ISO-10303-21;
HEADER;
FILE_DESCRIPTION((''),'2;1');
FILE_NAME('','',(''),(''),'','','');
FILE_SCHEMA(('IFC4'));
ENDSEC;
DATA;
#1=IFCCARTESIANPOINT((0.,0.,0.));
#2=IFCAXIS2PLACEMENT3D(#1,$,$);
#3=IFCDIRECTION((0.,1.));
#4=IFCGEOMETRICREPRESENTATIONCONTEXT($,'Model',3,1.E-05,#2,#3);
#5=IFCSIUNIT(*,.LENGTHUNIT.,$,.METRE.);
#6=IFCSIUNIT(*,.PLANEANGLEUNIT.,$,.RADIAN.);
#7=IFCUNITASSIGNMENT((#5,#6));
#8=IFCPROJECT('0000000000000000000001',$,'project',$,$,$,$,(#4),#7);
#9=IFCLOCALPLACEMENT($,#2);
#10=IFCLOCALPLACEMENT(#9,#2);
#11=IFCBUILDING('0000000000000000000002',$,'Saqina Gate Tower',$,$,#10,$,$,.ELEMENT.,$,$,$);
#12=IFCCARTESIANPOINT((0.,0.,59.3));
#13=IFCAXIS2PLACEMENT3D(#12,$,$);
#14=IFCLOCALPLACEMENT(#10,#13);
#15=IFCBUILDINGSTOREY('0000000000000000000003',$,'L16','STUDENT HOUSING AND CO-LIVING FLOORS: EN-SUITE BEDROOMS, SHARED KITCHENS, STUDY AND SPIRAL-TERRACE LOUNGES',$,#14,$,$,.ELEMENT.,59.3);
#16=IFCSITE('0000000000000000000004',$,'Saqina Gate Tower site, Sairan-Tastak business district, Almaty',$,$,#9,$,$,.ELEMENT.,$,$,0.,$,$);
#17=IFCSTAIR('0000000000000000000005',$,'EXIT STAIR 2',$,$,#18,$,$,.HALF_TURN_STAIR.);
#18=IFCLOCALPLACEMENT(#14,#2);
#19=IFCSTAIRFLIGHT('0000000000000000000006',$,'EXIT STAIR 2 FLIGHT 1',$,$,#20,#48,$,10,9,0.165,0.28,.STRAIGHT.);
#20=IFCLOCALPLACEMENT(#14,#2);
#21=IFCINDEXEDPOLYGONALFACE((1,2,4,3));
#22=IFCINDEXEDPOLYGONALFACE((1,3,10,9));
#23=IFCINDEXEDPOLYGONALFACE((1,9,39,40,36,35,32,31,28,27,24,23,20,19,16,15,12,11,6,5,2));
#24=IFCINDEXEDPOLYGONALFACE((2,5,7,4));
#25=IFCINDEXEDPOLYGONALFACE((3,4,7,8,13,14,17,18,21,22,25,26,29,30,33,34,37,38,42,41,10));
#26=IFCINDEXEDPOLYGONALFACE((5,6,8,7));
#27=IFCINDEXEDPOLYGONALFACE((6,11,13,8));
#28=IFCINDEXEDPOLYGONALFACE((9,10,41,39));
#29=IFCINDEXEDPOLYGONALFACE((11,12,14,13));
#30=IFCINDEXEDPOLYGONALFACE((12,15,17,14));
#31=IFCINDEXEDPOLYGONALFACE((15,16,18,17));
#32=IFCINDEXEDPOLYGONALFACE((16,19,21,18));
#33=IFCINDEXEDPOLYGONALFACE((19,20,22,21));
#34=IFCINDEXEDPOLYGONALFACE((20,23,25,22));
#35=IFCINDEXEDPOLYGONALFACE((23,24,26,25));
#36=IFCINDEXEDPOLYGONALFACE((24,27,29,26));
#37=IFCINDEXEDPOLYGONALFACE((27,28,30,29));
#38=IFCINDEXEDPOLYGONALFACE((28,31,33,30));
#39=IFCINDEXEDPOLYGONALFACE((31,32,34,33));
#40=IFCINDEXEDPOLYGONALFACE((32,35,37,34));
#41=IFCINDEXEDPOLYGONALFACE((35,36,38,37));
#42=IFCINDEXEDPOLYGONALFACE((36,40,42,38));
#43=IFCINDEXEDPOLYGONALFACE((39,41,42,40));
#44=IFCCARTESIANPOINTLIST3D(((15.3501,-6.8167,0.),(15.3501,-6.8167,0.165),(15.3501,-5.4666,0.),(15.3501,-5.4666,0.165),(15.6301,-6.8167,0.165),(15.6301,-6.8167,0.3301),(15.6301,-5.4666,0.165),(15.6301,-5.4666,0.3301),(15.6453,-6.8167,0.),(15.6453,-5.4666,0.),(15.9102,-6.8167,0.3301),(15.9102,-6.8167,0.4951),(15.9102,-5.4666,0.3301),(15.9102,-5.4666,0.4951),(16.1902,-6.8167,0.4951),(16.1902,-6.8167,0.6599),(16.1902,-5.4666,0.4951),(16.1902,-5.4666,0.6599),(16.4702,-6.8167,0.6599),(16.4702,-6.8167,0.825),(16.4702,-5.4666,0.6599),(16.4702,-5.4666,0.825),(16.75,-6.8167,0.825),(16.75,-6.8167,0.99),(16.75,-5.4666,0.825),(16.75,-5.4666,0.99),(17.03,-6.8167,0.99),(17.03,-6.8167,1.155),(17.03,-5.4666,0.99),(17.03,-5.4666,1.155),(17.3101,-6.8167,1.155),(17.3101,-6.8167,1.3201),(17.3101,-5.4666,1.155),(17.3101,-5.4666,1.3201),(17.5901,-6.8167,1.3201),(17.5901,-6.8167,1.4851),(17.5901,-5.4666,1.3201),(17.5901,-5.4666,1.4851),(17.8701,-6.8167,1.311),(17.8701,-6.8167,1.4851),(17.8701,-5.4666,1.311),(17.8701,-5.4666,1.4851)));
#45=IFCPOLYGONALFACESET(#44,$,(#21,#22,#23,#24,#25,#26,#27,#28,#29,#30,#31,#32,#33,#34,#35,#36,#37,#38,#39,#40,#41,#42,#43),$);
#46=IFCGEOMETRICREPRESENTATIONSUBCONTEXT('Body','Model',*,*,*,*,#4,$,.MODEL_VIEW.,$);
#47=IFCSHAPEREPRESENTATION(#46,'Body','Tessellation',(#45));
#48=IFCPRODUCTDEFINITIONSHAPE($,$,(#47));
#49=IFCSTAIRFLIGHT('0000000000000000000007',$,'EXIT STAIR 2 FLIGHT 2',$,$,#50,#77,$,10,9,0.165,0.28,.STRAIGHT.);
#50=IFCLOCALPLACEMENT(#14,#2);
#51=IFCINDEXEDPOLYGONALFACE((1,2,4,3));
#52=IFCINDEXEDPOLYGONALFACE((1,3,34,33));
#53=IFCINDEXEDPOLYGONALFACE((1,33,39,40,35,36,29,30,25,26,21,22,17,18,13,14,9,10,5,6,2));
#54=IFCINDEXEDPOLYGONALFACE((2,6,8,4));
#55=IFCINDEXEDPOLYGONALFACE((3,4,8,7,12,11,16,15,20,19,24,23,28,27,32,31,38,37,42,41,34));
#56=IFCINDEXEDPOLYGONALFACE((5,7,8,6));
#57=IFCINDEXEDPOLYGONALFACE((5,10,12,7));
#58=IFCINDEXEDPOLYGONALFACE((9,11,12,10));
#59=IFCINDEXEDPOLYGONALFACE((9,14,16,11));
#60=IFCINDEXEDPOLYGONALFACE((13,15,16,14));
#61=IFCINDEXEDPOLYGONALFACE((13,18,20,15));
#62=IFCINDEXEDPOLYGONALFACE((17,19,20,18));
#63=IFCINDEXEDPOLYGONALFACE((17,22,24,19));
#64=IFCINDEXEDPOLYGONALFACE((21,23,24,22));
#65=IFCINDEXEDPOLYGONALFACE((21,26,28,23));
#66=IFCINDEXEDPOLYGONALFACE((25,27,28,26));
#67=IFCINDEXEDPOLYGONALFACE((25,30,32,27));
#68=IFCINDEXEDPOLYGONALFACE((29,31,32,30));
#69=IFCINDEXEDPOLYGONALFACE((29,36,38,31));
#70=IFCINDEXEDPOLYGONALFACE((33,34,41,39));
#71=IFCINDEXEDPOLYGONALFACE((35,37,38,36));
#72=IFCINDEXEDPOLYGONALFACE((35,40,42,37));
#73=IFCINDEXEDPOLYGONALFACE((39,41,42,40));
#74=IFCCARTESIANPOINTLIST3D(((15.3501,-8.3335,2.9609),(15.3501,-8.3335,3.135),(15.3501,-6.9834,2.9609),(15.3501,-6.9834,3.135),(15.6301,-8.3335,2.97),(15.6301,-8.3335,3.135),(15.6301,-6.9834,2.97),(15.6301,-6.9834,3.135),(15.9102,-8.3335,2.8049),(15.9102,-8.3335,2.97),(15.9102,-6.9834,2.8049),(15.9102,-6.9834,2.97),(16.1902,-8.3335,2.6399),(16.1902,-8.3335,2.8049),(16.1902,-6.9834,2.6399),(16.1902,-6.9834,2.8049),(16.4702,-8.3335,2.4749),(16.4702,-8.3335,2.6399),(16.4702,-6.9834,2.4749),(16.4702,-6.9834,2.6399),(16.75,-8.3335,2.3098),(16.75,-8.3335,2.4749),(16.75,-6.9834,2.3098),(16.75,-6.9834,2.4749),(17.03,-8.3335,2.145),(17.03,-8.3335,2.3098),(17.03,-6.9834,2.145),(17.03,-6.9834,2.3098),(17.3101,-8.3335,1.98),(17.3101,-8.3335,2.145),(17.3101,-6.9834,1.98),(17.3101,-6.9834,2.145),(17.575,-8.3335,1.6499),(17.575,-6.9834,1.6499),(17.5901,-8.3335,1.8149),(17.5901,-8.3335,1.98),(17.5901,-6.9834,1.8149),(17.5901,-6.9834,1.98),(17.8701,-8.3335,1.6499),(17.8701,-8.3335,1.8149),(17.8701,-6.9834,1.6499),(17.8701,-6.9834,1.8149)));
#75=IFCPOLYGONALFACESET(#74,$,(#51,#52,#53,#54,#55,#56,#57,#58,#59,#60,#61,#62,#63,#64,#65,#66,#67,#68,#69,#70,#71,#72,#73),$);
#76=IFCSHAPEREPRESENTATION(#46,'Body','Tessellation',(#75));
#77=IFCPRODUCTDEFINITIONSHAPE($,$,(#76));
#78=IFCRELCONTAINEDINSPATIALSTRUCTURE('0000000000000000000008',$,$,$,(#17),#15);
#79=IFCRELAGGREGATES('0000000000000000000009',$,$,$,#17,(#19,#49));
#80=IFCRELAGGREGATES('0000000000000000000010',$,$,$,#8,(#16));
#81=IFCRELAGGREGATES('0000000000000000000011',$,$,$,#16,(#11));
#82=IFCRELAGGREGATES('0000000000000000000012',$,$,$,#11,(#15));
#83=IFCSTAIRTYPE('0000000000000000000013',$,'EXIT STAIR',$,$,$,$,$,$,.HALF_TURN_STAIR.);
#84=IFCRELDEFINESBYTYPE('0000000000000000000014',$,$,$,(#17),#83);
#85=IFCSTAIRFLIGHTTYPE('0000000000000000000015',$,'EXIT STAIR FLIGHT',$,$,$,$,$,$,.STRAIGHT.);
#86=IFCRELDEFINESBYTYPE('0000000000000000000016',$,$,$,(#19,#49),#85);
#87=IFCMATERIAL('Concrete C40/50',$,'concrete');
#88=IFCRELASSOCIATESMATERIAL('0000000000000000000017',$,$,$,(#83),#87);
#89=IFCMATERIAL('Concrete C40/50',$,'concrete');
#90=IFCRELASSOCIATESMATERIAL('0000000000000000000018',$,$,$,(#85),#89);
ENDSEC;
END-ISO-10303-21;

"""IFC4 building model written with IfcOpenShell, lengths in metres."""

from ifc_helpers import new_model, si_unit, direction, frame, origin, place, context, subcontext, project, spatial, polyline, outline, extrude, material, type_object, element, aggregate, save


model = new_model("IFC4")

# Units and contexts
model_context = context("Model", 3, precision=1e-05, world=origin(), true_north=direction((0.0, 1.0)))
body_context = subcontext(model_context, "Body", "Model", "MODEL_VIEW")
ifc_project = project(units=[si_unit("LENGTHUNIT", "METRE"), si_unit("PLANEANGLEUNIT", "RADIAN")], contexts=[model_context])

# Site, building, storey
site_placement = place(None, origin())
site = spatial("IfcSite", under=ifc_project, at=site_placement, Name="Saqina Gate Tower site, Sairan-Tastak business district, Almaty", CompositionType="ELEMENT", RefElevation=0.0)
building_placement = place(site_placement, origin())
building = spatial("IfcBuilding", under=site, at=building_placement, Name="Saqina Gate Tower", CompositionType="ELEMENT")
storey_placement = place(building_placement, frame((0.0, 0.0, 59.3)))
storey = spatial("IfcBuildingStorey", under=building, at=storey_placement, Name="L16", Description="STUDENT HOUSING AND CO-LIVING FLOORS: EN-SUITE BEDROOMS, SHARED KITCHENS, STUDY AND SPIRAL-TERRACE LOUNGES", CompositionType="ELEMENT", Elevation=59.3)

# Stair, stair flights
ifc_material_1 = material(Name="Concrete C40/50", Category="concrete")
stair_type = type_object("IfcStairType", Name="EXIT STAIR", PredefinedType="HALF_TURN_STAIR", material=ifc_material_1)
stair_placement = place(storey_placement, origin())
stair = element("IfcStair", 1, at=stair_placement, inside=storey, type_object=stair_type, Name="EXIT STAIR 2", PredefinedType="HALF_TURN_STAIR")
ifc_material_2 = material(Name="Concrete C40/50", Category="concrete")
stair_flight_type = type_object("IfcStairFlightType", Name="EXIT STAIR FLIGHT", PredefinedType="STRAIGHT", material=ifc_material_2)
stair_flight_1_placement = place(storey_placement, frame((15.3501, -6.1416, 0.0), z_axis=(0.0, 0.0, 1.0), x_axis=(1.0, 0.0, 0.0)))
stair_flight_1 = element("IfcStairFlight", 2, at=stair_flight_1_placement, type_object=stair_flight_type, Name="EXIT STAIR 2 FLIGHT 1", NumberOfRisers=10, NumberOfTreads=9, PredefinedType="STRAIGHT", RiserHeight=0.165, TreadLength=0.28, context=body_context, shape_type="SweptSolid", body=[
    extrude(outline(polyline([(0.0, 0.0), (0.0, 0.165), (0.28, 0.165), (0.28, 0.3301), (0.5601, 0.3301), (0.5601, 0.4951), (0.8401, 0.4951), (0.8401, 0.6599), (1.1201, 0.6599), (1.1201, 0.825), (1.3999, 0.825), (1.3999, 0.99), (1.6799, 0.99), (1.6799, 1.155), (1.96, 1.155), (1.96, 1.3201), (2.24, 1.3201), (2.24, 1.4851), (2.52, 1.4851), (2.52, 1.6499), (2.52, 1.311), (0.2952, 0.0), (0.0, 0.0)])), frame((0.0, 0.675, 0.0), z_axis=(0.0, -1.0, 0.0), x_axis=(1.0, 0.0, 0.0)), (0.0, 0.0, 1.0), 1.3501),
])
stair_flight_2_placement = place(storey_placement, frame((17.8701, -7.6584, 1.6499), z_axis=(0.0, 0.0, 1.0), x_axis=(-1.0, 0.0, 0.0)))
stair_flight_2 = element("IfcStairFlight", 3, at=stair_flight_2_placement, type_object=stair_flight_type, Name="EXIT STAIR 2 FLIGHT 2", NumberOfRisers=10, NumberOfTreads=9, PredefinedType="STRAIGHT", RiserHeight=0.165, TreadLength=0.28, context=body_context, shape_type="SweptSolid", body=[
    extrude(outline(polyline([(0.0, 0.0), (0.0, 0.165), (0.28, 0.165), (0.28, 0.3301), (0.5601, 0.3301), (0.5601, 0.4951), (0.8401, 0.4951), (0.8401, 0.6599), (1.1201, 0.6599), (1.1201, 0.825), (1.3999, 0.825), (1.3999, 0.99), (1.6799, 0.99), (1.6799, 1.155), (1.96, 1.155), (1.96, 1.3201), (2.24, 1.3201), (2.24, 1.4851), (2.52, 1.4851), (2.52, 1.6499), (2.52, 1.311), (0.2952, 0.0), (0.0, 0.0)])), frame((0.0, 0.675, 0.0), z_axis=(0.0, -1.0, 0.0), x_axis=(1.0, 0.0, 0.0)), (0.0, 0.0, 1.0), 1.3501),
])
aggregate(stair, [stair_flight_1, stair_flight_2])

save(model, "model.ifc")
